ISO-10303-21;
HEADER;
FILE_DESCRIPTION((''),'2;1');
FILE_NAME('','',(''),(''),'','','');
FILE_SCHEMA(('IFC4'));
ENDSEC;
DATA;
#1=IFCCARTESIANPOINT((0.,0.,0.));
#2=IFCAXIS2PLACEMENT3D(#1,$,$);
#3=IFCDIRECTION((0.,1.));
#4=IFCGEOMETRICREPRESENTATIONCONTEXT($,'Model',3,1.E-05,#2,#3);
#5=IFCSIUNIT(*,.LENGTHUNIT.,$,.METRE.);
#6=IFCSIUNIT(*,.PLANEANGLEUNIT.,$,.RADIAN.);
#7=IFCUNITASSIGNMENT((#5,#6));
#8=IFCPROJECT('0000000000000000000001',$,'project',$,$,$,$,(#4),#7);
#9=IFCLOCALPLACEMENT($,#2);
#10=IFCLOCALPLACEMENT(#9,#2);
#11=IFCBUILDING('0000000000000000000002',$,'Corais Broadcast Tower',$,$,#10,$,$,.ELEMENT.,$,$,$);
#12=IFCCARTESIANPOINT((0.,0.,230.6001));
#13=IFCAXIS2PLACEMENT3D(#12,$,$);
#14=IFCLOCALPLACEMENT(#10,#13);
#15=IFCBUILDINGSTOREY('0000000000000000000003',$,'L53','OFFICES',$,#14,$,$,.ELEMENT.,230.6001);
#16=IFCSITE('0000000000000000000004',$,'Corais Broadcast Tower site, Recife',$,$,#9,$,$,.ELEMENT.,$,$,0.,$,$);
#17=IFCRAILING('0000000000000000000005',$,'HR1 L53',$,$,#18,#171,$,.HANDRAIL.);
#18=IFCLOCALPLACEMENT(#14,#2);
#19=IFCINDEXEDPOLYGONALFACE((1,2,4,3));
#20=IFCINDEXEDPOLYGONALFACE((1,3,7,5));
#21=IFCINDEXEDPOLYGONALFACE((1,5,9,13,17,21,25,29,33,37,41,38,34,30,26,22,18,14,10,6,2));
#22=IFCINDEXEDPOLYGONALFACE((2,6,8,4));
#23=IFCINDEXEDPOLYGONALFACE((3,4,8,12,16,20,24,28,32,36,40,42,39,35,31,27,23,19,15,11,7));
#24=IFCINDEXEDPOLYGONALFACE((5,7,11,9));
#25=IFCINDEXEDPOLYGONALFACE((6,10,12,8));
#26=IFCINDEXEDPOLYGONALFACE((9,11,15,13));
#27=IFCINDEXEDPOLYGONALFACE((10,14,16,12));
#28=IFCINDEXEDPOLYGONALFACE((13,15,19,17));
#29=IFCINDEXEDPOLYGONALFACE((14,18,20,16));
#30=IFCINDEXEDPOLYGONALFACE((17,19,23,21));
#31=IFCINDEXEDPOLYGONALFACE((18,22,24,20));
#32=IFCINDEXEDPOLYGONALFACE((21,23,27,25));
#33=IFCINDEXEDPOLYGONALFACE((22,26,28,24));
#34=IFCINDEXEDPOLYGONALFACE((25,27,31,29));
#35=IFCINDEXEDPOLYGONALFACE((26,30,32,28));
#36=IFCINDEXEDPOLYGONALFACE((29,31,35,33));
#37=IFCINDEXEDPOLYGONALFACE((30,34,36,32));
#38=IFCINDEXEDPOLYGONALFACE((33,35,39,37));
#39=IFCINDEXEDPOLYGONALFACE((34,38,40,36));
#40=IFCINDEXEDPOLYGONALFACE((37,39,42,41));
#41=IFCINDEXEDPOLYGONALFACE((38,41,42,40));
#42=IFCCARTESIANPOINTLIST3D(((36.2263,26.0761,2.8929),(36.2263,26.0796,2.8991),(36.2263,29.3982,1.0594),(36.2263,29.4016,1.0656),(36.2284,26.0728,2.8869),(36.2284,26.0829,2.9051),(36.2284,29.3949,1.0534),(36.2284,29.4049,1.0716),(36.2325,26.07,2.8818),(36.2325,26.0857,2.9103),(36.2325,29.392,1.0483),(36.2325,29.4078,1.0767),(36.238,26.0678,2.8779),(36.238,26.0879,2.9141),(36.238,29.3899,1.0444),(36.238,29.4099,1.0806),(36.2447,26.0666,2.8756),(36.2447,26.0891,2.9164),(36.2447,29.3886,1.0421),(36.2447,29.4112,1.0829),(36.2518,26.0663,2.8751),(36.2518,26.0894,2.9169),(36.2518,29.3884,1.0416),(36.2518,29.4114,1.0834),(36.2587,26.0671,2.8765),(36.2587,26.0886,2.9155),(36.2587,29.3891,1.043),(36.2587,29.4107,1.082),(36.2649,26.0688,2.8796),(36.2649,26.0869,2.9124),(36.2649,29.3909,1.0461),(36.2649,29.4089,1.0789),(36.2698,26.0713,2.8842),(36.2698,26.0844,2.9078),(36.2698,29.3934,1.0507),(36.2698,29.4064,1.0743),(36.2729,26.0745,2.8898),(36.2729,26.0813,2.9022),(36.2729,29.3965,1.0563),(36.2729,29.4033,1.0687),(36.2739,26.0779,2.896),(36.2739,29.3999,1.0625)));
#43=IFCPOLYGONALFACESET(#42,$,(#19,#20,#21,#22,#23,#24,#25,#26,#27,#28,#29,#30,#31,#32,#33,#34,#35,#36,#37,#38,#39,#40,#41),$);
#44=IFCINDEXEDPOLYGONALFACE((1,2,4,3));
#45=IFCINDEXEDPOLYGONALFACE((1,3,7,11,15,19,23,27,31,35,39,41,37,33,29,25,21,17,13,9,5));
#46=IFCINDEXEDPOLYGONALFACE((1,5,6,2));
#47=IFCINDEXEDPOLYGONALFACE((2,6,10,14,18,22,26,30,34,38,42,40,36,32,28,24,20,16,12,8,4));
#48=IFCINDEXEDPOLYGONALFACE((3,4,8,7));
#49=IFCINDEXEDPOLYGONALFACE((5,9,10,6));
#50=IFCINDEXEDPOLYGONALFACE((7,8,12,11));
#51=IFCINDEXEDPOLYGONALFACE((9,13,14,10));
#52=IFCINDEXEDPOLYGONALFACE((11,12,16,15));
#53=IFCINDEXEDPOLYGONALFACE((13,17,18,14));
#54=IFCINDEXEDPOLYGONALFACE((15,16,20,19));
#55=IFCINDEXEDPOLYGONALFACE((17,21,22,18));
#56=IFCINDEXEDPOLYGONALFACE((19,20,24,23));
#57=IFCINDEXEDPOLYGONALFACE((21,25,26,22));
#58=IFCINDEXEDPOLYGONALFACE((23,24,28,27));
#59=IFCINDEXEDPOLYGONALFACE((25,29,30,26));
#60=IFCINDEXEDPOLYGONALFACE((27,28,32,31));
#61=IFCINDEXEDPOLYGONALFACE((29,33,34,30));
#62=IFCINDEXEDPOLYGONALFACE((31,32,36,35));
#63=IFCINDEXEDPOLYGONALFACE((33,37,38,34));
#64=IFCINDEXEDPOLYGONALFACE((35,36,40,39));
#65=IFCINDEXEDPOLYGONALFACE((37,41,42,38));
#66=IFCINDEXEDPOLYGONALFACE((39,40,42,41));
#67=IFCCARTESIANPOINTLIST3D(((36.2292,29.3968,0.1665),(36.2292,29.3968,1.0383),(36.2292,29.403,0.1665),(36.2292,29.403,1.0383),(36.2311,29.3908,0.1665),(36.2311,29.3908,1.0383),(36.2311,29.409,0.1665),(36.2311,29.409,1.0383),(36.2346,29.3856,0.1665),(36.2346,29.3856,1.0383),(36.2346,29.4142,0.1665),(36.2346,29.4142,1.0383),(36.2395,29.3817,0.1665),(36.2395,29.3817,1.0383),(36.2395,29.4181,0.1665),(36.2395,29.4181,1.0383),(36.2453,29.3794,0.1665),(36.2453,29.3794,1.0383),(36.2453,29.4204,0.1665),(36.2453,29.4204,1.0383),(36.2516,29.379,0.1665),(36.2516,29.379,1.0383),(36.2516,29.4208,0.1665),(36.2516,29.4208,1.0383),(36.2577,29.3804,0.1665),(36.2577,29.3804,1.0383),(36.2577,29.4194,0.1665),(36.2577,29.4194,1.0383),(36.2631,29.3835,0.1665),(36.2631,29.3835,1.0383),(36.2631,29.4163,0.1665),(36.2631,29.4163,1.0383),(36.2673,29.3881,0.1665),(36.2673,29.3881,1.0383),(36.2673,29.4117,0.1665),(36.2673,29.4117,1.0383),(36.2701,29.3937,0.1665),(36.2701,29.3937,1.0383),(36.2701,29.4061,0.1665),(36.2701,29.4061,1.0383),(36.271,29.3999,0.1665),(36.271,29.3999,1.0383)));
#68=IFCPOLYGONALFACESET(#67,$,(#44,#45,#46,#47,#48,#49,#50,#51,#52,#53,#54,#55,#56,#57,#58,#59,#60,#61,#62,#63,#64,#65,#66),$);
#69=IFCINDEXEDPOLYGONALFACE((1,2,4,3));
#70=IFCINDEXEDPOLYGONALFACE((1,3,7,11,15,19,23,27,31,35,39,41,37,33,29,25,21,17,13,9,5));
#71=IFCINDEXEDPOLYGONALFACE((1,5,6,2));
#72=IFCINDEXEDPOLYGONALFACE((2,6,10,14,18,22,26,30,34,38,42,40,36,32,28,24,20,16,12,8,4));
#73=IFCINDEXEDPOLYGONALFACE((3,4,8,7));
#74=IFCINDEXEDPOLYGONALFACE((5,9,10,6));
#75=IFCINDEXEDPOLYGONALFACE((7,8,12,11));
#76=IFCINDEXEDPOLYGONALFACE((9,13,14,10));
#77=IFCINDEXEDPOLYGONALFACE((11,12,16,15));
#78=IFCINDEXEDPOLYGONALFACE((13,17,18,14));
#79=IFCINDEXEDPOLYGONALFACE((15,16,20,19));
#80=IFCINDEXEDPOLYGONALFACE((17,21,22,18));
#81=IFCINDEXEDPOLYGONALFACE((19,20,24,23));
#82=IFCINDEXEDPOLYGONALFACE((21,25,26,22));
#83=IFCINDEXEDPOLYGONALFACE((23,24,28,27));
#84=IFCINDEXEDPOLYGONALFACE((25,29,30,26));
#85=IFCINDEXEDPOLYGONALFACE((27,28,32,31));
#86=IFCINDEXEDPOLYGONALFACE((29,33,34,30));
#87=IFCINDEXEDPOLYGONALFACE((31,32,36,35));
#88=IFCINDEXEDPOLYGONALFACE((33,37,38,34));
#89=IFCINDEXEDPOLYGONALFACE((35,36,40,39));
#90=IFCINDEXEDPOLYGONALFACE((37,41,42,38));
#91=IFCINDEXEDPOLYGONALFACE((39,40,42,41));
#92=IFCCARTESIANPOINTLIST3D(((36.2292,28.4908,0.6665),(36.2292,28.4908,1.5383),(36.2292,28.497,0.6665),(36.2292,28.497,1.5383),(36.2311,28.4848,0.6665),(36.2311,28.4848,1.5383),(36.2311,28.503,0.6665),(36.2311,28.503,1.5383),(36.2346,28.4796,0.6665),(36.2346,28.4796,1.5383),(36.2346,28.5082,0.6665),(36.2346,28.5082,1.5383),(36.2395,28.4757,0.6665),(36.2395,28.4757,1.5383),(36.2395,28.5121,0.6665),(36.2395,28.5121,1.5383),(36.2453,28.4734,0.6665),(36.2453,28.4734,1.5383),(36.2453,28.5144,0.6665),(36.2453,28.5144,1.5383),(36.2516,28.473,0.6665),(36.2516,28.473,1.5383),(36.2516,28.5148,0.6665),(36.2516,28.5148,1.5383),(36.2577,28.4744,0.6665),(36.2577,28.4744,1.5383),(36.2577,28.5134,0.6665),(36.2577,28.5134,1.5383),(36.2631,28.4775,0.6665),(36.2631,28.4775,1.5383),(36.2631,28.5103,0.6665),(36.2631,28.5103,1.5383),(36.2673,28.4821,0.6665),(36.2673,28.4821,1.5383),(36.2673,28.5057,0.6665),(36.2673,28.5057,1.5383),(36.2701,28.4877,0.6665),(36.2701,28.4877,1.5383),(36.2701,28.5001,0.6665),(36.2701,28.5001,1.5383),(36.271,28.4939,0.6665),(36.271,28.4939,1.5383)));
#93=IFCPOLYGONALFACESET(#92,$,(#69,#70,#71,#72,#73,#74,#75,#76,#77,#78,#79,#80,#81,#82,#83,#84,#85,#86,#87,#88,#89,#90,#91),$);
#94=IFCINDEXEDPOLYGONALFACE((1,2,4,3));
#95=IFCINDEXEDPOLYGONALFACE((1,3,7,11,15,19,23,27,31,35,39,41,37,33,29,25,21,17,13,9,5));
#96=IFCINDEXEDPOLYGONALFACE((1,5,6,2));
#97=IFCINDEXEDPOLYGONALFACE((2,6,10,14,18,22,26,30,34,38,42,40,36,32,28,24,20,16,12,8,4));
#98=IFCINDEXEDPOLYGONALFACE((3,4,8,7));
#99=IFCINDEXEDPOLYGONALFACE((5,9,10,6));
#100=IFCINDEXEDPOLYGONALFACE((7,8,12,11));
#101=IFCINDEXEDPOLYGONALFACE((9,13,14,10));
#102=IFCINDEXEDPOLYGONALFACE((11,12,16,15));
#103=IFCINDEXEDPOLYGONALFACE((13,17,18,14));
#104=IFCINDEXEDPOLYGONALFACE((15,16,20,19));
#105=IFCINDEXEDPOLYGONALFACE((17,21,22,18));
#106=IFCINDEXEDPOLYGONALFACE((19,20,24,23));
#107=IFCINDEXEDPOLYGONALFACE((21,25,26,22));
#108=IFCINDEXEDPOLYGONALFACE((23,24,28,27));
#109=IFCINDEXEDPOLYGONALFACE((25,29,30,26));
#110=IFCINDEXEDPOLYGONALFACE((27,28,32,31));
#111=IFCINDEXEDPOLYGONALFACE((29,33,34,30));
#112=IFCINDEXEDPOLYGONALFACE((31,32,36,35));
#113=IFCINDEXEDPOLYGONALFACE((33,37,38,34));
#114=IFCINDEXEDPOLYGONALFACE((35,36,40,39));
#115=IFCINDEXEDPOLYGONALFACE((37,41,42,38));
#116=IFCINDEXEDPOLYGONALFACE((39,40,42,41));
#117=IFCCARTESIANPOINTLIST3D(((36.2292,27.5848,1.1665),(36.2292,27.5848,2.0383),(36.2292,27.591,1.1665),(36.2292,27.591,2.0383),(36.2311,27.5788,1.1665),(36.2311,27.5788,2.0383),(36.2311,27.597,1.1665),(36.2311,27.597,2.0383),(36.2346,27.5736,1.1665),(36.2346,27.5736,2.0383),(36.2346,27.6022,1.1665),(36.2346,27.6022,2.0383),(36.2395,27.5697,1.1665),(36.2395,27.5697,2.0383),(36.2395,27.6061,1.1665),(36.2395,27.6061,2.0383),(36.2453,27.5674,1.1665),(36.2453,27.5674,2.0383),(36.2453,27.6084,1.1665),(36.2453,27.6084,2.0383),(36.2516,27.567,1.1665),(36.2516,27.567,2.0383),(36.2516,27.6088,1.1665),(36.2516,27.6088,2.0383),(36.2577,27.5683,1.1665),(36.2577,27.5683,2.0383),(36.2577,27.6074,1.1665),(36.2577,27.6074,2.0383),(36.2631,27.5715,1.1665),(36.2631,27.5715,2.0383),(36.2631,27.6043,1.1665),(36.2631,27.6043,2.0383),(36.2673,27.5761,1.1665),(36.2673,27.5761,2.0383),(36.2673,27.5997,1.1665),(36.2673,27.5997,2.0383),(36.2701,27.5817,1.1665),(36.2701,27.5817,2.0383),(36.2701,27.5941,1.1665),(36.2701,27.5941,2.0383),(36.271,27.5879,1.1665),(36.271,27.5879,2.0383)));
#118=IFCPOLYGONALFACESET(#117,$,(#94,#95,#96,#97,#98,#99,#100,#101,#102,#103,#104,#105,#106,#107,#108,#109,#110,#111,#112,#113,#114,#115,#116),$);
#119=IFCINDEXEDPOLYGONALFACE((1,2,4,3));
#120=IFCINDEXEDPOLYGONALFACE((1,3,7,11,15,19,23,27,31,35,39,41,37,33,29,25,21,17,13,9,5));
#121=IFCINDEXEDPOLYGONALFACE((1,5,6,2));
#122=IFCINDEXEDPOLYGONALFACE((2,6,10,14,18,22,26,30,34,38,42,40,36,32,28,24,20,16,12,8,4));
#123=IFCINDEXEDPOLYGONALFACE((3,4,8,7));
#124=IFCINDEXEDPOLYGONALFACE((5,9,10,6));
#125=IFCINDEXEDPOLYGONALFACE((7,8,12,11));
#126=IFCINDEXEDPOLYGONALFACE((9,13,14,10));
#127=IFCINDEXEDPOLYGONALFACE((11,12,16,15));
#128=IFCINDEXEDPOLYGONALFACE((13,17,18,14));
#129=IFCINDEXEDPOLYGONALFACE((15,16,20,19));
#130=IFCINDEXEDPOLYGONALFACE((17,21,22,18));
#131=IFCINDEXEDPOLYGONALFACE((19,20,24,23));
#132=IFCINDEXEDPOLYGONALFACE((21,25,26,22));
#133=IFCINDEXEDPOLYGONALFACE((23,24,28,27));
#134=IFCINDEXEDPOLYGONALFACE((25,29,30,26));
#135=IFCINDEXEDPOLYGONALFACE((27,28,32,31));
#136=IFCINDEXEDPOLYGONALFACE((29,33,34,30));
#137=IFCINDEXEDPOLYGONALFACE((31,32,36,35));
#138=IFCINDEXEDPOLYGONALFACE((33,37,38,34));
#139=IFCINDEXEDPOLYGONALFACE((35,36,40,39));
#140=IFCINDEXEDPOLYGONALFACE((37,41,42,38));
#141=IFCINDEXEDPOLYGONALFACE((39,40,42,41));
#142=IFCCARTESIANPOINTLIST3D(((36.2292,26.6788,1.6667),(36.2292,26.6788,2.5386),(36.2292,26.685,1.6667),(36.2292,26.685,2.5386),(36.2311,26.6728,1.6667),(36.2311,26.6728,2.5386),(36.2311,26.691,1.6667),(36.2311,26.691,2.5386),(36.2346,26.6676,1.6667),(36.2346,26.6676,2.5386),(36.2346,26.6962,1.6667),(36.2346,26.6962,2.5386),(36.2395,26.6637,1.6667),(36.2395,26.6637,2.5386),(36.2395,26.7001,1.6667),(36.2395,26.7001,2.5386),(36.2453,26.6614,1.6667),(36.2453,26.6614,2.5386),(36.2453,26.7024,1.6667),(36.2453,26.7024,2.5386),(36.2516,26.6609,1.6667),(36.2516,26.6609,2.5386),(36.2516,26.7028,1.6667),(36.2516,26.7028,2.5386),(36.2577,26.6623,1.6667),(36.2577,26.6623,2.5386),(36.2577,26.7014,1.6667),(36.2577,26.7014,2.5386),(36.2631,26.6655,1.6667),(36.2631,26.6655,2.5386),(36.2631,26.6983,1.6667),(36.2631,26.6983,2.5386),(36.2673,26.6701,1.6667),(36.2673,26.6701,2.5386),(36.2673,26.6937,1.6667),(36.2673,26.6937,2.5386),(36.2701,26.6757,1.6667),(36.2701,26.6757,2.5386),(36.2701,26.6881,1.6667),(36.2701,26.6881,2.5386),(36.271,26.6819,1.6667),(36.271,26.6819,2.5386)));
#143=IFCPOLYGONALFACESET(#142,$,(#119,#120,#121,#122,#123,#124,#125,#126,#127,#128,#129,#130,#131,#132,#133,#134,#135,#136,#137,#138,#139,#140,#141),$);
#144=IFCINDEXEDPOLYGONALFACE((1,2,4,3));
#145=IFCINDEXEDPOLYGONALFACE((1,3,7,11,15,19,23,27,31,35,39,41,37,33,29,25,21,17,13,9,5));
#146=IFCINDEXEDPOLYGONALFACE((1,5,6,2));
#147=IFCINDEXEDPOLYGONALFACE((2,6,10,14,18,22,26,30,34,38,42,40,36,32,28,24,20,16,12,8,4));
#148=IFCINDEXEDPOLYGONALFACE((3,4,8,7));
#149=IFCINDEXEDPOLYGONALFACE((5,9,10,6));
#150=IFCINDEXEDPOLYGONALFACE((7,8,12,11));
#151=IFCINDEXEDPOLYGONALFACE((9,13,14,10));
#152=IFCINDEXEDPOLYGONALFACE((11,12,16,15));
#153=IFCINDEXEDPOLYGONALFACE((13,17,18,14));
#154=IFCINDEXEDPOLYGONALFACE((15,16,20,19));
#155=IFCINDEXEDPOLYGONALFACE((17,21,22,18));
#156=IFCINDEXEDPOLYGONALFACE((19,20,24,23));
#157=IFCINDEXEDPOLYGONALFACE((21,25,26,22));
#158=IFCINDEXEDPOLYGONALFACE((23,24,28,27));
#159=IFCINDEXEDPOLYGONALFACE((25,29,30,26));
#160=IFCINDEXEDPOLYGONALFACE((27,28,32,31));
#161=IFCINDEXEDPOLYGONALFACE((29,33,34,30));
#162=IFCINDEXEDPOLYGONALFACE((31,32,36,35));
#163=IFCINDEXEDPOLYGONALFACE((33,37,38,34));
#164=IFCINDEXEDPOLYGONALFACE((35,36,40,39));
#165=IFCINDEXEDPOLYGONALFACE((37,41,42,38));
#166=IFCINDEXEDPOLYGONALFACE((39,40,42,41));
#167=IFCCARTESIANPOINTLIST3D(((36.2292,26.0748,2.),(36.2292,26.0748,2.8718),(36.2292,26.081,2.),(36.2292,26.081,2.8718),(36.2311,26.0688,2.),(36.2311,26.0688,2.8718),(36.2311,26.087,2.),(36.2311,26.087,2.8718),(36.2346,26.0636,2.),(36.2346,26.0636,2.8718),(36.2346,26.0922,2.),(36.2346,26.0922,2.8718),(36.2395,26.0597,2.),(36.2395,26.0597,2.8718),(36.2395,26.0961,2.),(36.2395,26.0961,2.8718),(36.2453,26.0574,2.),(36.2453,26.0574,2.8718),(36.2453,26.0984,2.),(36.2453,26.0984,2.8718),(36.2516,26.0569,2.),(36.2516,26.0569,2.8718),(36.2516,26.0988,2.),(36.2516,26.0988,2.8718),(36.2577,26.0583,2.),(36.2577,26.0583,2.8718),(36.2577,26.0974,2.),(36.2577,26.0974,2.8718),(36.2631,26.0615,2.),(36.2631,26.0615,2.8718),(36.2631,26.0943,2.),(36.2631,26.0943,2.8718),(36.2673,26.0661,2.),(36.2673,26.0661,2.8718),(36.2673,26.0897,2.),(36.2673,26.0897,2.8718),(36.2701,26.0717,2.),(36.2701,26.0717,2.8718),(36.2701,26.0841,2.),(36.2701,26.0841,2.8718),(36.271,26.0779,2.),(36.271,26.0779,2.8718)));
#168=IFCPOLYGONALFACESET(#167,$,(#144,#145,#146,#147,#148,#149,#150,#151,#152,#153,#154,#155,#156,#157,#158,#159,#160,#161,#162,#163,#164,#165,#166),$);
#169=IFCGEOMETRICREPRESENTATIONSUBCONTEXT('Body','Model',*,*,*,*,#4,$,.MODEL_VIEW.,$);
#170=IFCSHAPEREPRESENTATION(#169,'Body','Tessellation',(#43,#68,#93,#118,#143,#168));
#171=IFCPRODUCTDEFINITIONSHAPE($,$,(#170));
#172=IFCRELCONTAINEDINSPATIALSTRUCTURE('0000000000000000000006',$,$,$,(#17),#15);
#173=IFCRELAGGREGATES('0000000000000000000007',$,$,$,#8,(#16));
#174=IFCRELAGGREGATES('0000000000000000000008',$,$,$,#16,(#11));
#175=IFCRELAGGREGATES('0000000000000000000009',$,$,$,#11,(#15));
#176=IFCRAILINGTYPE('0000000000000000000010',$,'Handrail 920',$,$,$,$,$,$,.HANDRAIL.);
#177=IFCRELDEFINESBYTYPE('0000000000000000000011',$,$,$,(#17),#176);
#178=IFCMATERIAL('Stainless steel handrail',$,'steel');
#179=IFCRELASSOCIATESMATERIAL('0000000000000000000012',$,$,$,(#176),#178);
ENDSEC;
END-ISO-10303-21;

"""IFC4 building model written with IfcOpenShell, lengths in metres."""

from ifc_helpers import new_model, si_unit, direction, frame, origin, origin_2d, place, context, subcontext, project, spatial, circle, extrude, material, type_object, element, save


model = new_model("IFC4")

# Units and contexts
model_context = context("Model", 3, precision=1e-05, world=origin(), true_north=direction((0.0, 1.0)))
body_context = subcontext(model_context, "Body", "Model", "MODEL_VIEW")
ifc_project = project(units=[si_unit("LENGTHUNIT", "METRE"), si_unit("PLANEANGLEUNIT", "RADIAN")], contexts=[model_context])

# Site, building, storey
site_placement = place(None, origin())
site = spatial("IfcSite", under=ifc_project, at=site_placement, Name="Corais Broadcast Tower site, Recife", CompositionType="ELEMENT", RefElevation=0.0)
building_placement = place(site_placement, origin())
building = spatial("IfcBuilding", under=site, at=building_placement, Name="Corais Broadcast Tower", CompositionType="ELEMENT")
storey_placement = place(building_placement, frame((0.0, 0.0, 230.6001)))
storey = spatial("IfcBuildingStorey", under=building, at=storey_placement, Name="L53", Description="OFFICES", CompositionType="ELEMENT", Elevation=230.6001)

# Railing
ifc_material_1 = material(Name="Stainless steel handrail", Category="steel")
railing_type = type_object("IfcRailingType", Name="Handrail 920", PredefinedType="HANDRAIL", material=ifc_material_1)
for number, where, name in (
    (1, (36.25, 29.3999, 0.1665), "HR1 L53"),
):
    element("IfcRailing", number, at=place(storey_placement, frame(where)), inside=storey, type_object=railing_type, Name=name, PredefinedType="HANDRAIL", context=body_context, shape_type="SweptSolid", body=[
        extrude(circle(Radius=0.0239, at=origin_2d()), frame((0.0, 0.0, 0.896), z_axis=(0.0, -0.875504, 0.48321), x_axis=(1.0, 0.0, 0.0)), (0.0, 0.0, 1.0), 3.7944),
        extrude(circle(Radius=0.021, at=origin_2d()), origin(), (0.0, 0.0, 1.0), 0.8718),
        extrude(circle(Radius=0.021, at=origin_2d()), frame((0.0, -0.906, 0.5)), (0.0, 0.0, 1.0), 0.8718),
        extrude(circle(Radius=0.021, at=origin_2d()), frame((0.0, -1.812, 1.0)), (0.0, 0.0, 1.0), 0.8718),
        extrude(circle(Radius=0.021, at=origin_2d()), frame((0.0, -2.718, 1.5002)), (0.0, 0.0, 1.0), 0.8718),
        extrude(circle(Radius=0.021, at=origin_2d()), frame((0.0, -3.322, 1.8335)), (0.0, 0.0, 1.0), 0.8718),
    ])

save(model, "model.ifc")
